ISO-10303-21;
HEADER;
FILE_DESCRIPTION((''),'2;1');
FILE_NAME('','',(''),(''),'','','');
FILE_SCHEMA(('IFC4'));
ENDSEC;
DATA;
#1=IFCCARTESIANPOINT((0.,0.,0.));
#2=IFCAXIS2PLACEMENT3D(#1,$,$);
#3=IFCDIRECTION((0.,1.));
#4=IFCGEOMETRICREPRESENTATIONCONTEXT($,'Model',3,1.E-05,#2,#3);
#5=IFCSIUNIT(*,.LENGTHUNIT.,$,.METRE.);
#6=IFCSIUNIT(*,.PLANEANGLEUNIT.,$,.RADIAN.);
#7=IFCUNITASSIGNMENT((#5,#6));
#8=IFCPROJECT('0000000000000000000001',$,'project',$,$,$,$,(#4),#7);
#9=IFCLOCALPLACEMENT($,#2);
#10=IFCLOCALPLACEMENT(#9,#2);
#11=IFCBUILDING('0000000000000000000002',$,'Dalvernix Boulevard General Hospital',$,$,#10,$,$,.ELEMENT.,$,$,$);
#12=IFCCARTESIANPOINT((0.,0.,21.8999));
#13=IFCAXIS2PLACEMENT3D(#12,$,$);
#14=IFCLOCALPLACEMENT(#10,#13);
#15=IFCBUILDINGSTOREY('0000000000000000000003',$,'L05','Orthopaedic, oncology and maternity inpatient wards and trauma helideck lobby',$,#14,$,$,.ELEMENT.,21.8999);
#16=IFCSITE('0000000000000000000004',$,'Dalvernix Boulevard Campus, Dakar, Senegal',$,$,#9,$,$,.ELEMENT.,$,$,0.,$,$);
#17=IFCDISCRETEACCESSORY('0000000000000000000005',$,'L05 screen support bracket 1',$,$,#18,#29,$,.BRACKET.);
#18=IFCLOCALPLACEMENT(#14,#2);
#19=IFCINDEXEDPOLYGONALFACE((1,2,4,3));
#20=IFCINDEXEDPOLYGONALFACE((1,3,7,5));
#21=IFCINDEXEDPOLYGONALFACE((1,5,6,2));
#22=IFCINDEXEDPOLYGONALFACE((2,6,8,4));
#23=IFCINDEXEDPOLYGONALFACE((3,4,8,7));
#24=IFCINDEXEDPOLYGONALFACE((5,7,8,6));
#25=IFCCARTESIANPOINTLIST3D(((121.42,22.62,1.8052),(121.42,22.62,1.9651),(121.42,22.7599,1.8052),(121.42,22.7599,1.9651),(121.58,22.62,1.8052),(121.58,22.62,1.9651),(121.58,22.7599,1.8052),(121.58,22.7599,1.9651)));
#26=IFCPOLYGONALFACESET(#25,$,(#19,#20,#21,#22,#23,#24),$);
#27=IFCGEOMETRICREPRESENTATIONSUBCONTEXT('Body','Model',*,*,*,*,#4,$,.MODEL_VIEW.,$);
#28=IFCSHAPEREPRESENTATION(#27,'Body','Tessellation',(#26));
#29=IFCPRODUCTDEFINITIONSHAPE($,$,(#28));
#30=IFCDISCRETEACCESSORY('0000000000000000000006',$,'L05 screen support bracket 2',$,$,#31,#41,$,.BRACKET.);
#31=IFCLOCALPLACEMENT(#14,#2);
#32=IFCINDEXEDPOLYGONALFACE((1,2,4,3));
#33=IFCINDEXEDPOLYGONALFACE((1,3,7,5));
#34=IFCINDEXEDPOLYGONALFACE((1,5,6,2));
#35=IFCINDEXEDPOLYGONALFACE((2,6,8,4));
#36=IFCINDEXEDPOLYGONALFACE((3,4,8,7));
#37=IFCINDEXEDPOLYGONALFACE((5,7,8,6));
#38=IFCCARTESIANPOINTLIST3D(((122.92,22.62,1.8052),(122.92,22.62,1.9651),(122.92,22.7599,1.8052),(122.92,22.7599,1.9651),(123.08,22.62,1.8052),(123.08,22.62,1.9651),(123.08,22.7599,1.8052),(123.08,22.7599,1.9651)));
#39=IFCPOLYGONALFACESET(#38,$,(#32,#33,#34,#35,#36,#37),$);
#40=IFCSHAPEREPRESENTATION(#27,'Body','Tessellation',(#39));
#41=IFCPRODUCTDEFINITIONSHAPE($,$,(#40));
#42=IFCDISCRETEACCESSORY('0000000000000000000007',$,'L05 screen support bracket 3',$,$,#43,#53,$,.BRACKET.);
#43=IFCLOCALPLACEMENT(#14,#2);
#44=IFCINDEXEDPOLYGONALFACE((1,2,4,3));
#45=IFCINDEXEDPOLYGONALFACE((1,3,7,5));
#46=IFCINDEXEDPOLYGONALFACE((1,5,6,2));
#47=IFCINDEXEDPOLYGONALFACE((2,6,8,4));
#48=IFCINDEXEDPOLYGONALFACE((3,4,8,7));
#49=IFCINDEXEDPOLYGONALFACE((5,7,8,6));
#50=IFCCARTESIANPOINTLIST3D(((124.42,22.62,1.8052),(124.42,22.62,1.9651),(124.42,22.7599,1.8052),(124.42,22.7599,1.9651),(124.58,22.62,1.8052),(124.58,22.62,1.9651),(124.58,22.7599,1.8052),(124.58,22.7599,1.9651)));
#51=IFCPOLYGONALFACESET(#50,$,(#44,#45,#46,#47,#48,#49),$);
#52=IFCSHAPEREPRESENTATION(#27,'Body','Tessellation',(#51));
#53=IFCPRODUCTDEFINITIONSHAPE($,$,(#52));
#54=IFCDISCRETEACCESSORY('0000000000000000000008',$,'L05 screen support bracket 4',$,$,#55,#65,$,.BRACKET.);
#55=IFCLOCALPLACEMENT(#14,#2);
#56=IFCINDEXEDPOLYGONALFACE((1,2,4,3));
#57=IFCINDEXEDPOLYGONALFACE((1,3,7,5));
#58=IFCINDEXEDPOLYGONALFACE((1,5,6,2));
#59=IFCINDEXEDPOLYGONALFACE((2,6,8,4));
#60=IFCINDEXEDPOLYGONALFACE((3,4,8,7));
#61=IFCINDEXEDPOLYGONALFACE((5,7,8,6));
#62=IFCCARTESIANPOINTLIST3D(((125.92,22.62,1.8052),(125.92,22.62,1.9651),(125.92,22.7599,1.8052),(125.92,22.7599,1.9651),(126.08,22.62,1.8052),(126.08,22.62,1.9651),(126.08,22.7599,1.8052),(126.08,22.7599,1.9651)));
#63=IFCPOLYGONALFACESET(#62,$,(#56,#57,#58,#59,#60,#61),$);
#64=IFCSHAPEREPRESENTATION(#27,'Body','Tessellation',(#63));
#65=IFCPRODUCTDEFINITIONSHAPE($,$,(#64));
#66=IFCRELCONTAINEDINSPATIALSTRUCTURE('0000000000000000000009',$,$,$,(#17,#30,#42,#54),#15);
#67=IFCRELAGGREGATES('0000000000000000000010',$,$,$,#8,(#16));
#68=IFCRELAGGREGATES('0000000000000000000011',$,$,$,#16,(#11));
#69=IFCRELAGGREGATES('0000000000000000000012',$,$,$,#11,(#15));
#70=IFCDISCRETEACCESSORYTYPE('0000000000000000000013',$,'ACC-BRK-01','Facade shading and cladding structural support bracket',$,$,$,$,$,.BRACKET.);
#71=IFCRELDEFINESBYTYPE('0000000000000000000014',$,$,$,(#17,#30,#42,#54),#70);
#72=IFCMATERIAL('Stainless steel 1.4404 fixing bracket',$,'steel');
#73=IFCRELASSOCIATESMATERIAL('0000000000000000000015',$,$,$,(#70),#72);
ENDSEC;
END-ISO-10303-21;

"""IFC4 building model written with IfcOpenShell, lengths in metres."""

from ifc_helpers import new_model, si_unit, direction, frame, origin, origin_2d, place, context, subcontext, project, spatial, rectangle, extrude, material, type_object, element, save


model = new_model("IFC4")

# Units and contexts
model_context = context("Model", 3, precision=1e-05, world=origin(), true_north=direction((0.0, 1.0)))
body_context = subcontext(model_context, "Body", "Model", "MODEL_VIEW")
ifc_project = project(units=[si_unit("LENGTHUNIT", "METRE"), si_unit("PLANEANGLEUNIT", "RADIAN")], contexts=[model_context])

# Site, building, storey
site_placement = place(None, origin())
site = spatial("IfcSite", under=ifc_project, at=site_placement, Name="Dalvernix Boulevard Campus, Dakar, Senegal", CompositionType="ELEMENT", RefElevation=0.0)
building_placement = place(site_placement, origin())
building = spatial("IfcBuilding", under=site, at=building_placement, Name="Dalvernix Boulevard General Hospital", CompositionType="ELEMENT")
storey_placement = place(building_placement, frame((0.0, 0.0, 21.8999)))
storey = spatial("IfcBuildingStorey", under=building, at=storey_placement, Name="L05", Description="Orthopaedic, oncology and maternity inpatient wards and trauma helideck lobby", CompositionType="ELEMENT", Elevation=21.8999)

# Discrete accessories
ifc_material_1 = material(Name="Stainless steel 1.4404 fixing bracket", Category="steel")
discrete_accessory_type = type_object("IfcDiscreteAccessoryType", Name="ACC-BRK-01", Description="Facade shading and cladding structural support bracket", PredefinedType="BRACKET", material=ifc_material_1)
for number, where, z_axis, x_axis, name in (
    (1, (121.5, 22.6899, 1.8052), (0.0, 0.0, 1.0), (1.0, 0.0, 0.0), "L05 screen support bracket 1"),
    (2, (123.0, 22.6899, 1.8052), (0.0, 0.0, 1.0), (1.0, 0.0, 0.0), "L05 screen support bracket 2"),
    (3, (124.5, 22.6899, 1.8052), (0.0, 0.0, 1.0), (1.0, 0.0, 0.0), "L05 screen support bracket 3"),
    (4, (126.0, 22.6899, 1.8052), (0.0, 0.0, 1.0), (1.0, 0.0, 0.0), "L05 screen support bracket 4"),
):
    element("IfcDiscreteAccessory", number, at=place(storey_placement, frame(where, z_axis=z_axis, x_axis=x_axis)), inside=storey, type_object=discrete_accessory_type, Name=name, PredefinedType="BRACKET", context=body_context, shape_type="SweptSolid", body=[
        extrude(rectangle(XDim=0.1599, YDim=0.1399, at=origin_2d()), origin(), (0.0, 0.0, 1.0), 0.1599),
    ])

save(model, "model.ifc")
